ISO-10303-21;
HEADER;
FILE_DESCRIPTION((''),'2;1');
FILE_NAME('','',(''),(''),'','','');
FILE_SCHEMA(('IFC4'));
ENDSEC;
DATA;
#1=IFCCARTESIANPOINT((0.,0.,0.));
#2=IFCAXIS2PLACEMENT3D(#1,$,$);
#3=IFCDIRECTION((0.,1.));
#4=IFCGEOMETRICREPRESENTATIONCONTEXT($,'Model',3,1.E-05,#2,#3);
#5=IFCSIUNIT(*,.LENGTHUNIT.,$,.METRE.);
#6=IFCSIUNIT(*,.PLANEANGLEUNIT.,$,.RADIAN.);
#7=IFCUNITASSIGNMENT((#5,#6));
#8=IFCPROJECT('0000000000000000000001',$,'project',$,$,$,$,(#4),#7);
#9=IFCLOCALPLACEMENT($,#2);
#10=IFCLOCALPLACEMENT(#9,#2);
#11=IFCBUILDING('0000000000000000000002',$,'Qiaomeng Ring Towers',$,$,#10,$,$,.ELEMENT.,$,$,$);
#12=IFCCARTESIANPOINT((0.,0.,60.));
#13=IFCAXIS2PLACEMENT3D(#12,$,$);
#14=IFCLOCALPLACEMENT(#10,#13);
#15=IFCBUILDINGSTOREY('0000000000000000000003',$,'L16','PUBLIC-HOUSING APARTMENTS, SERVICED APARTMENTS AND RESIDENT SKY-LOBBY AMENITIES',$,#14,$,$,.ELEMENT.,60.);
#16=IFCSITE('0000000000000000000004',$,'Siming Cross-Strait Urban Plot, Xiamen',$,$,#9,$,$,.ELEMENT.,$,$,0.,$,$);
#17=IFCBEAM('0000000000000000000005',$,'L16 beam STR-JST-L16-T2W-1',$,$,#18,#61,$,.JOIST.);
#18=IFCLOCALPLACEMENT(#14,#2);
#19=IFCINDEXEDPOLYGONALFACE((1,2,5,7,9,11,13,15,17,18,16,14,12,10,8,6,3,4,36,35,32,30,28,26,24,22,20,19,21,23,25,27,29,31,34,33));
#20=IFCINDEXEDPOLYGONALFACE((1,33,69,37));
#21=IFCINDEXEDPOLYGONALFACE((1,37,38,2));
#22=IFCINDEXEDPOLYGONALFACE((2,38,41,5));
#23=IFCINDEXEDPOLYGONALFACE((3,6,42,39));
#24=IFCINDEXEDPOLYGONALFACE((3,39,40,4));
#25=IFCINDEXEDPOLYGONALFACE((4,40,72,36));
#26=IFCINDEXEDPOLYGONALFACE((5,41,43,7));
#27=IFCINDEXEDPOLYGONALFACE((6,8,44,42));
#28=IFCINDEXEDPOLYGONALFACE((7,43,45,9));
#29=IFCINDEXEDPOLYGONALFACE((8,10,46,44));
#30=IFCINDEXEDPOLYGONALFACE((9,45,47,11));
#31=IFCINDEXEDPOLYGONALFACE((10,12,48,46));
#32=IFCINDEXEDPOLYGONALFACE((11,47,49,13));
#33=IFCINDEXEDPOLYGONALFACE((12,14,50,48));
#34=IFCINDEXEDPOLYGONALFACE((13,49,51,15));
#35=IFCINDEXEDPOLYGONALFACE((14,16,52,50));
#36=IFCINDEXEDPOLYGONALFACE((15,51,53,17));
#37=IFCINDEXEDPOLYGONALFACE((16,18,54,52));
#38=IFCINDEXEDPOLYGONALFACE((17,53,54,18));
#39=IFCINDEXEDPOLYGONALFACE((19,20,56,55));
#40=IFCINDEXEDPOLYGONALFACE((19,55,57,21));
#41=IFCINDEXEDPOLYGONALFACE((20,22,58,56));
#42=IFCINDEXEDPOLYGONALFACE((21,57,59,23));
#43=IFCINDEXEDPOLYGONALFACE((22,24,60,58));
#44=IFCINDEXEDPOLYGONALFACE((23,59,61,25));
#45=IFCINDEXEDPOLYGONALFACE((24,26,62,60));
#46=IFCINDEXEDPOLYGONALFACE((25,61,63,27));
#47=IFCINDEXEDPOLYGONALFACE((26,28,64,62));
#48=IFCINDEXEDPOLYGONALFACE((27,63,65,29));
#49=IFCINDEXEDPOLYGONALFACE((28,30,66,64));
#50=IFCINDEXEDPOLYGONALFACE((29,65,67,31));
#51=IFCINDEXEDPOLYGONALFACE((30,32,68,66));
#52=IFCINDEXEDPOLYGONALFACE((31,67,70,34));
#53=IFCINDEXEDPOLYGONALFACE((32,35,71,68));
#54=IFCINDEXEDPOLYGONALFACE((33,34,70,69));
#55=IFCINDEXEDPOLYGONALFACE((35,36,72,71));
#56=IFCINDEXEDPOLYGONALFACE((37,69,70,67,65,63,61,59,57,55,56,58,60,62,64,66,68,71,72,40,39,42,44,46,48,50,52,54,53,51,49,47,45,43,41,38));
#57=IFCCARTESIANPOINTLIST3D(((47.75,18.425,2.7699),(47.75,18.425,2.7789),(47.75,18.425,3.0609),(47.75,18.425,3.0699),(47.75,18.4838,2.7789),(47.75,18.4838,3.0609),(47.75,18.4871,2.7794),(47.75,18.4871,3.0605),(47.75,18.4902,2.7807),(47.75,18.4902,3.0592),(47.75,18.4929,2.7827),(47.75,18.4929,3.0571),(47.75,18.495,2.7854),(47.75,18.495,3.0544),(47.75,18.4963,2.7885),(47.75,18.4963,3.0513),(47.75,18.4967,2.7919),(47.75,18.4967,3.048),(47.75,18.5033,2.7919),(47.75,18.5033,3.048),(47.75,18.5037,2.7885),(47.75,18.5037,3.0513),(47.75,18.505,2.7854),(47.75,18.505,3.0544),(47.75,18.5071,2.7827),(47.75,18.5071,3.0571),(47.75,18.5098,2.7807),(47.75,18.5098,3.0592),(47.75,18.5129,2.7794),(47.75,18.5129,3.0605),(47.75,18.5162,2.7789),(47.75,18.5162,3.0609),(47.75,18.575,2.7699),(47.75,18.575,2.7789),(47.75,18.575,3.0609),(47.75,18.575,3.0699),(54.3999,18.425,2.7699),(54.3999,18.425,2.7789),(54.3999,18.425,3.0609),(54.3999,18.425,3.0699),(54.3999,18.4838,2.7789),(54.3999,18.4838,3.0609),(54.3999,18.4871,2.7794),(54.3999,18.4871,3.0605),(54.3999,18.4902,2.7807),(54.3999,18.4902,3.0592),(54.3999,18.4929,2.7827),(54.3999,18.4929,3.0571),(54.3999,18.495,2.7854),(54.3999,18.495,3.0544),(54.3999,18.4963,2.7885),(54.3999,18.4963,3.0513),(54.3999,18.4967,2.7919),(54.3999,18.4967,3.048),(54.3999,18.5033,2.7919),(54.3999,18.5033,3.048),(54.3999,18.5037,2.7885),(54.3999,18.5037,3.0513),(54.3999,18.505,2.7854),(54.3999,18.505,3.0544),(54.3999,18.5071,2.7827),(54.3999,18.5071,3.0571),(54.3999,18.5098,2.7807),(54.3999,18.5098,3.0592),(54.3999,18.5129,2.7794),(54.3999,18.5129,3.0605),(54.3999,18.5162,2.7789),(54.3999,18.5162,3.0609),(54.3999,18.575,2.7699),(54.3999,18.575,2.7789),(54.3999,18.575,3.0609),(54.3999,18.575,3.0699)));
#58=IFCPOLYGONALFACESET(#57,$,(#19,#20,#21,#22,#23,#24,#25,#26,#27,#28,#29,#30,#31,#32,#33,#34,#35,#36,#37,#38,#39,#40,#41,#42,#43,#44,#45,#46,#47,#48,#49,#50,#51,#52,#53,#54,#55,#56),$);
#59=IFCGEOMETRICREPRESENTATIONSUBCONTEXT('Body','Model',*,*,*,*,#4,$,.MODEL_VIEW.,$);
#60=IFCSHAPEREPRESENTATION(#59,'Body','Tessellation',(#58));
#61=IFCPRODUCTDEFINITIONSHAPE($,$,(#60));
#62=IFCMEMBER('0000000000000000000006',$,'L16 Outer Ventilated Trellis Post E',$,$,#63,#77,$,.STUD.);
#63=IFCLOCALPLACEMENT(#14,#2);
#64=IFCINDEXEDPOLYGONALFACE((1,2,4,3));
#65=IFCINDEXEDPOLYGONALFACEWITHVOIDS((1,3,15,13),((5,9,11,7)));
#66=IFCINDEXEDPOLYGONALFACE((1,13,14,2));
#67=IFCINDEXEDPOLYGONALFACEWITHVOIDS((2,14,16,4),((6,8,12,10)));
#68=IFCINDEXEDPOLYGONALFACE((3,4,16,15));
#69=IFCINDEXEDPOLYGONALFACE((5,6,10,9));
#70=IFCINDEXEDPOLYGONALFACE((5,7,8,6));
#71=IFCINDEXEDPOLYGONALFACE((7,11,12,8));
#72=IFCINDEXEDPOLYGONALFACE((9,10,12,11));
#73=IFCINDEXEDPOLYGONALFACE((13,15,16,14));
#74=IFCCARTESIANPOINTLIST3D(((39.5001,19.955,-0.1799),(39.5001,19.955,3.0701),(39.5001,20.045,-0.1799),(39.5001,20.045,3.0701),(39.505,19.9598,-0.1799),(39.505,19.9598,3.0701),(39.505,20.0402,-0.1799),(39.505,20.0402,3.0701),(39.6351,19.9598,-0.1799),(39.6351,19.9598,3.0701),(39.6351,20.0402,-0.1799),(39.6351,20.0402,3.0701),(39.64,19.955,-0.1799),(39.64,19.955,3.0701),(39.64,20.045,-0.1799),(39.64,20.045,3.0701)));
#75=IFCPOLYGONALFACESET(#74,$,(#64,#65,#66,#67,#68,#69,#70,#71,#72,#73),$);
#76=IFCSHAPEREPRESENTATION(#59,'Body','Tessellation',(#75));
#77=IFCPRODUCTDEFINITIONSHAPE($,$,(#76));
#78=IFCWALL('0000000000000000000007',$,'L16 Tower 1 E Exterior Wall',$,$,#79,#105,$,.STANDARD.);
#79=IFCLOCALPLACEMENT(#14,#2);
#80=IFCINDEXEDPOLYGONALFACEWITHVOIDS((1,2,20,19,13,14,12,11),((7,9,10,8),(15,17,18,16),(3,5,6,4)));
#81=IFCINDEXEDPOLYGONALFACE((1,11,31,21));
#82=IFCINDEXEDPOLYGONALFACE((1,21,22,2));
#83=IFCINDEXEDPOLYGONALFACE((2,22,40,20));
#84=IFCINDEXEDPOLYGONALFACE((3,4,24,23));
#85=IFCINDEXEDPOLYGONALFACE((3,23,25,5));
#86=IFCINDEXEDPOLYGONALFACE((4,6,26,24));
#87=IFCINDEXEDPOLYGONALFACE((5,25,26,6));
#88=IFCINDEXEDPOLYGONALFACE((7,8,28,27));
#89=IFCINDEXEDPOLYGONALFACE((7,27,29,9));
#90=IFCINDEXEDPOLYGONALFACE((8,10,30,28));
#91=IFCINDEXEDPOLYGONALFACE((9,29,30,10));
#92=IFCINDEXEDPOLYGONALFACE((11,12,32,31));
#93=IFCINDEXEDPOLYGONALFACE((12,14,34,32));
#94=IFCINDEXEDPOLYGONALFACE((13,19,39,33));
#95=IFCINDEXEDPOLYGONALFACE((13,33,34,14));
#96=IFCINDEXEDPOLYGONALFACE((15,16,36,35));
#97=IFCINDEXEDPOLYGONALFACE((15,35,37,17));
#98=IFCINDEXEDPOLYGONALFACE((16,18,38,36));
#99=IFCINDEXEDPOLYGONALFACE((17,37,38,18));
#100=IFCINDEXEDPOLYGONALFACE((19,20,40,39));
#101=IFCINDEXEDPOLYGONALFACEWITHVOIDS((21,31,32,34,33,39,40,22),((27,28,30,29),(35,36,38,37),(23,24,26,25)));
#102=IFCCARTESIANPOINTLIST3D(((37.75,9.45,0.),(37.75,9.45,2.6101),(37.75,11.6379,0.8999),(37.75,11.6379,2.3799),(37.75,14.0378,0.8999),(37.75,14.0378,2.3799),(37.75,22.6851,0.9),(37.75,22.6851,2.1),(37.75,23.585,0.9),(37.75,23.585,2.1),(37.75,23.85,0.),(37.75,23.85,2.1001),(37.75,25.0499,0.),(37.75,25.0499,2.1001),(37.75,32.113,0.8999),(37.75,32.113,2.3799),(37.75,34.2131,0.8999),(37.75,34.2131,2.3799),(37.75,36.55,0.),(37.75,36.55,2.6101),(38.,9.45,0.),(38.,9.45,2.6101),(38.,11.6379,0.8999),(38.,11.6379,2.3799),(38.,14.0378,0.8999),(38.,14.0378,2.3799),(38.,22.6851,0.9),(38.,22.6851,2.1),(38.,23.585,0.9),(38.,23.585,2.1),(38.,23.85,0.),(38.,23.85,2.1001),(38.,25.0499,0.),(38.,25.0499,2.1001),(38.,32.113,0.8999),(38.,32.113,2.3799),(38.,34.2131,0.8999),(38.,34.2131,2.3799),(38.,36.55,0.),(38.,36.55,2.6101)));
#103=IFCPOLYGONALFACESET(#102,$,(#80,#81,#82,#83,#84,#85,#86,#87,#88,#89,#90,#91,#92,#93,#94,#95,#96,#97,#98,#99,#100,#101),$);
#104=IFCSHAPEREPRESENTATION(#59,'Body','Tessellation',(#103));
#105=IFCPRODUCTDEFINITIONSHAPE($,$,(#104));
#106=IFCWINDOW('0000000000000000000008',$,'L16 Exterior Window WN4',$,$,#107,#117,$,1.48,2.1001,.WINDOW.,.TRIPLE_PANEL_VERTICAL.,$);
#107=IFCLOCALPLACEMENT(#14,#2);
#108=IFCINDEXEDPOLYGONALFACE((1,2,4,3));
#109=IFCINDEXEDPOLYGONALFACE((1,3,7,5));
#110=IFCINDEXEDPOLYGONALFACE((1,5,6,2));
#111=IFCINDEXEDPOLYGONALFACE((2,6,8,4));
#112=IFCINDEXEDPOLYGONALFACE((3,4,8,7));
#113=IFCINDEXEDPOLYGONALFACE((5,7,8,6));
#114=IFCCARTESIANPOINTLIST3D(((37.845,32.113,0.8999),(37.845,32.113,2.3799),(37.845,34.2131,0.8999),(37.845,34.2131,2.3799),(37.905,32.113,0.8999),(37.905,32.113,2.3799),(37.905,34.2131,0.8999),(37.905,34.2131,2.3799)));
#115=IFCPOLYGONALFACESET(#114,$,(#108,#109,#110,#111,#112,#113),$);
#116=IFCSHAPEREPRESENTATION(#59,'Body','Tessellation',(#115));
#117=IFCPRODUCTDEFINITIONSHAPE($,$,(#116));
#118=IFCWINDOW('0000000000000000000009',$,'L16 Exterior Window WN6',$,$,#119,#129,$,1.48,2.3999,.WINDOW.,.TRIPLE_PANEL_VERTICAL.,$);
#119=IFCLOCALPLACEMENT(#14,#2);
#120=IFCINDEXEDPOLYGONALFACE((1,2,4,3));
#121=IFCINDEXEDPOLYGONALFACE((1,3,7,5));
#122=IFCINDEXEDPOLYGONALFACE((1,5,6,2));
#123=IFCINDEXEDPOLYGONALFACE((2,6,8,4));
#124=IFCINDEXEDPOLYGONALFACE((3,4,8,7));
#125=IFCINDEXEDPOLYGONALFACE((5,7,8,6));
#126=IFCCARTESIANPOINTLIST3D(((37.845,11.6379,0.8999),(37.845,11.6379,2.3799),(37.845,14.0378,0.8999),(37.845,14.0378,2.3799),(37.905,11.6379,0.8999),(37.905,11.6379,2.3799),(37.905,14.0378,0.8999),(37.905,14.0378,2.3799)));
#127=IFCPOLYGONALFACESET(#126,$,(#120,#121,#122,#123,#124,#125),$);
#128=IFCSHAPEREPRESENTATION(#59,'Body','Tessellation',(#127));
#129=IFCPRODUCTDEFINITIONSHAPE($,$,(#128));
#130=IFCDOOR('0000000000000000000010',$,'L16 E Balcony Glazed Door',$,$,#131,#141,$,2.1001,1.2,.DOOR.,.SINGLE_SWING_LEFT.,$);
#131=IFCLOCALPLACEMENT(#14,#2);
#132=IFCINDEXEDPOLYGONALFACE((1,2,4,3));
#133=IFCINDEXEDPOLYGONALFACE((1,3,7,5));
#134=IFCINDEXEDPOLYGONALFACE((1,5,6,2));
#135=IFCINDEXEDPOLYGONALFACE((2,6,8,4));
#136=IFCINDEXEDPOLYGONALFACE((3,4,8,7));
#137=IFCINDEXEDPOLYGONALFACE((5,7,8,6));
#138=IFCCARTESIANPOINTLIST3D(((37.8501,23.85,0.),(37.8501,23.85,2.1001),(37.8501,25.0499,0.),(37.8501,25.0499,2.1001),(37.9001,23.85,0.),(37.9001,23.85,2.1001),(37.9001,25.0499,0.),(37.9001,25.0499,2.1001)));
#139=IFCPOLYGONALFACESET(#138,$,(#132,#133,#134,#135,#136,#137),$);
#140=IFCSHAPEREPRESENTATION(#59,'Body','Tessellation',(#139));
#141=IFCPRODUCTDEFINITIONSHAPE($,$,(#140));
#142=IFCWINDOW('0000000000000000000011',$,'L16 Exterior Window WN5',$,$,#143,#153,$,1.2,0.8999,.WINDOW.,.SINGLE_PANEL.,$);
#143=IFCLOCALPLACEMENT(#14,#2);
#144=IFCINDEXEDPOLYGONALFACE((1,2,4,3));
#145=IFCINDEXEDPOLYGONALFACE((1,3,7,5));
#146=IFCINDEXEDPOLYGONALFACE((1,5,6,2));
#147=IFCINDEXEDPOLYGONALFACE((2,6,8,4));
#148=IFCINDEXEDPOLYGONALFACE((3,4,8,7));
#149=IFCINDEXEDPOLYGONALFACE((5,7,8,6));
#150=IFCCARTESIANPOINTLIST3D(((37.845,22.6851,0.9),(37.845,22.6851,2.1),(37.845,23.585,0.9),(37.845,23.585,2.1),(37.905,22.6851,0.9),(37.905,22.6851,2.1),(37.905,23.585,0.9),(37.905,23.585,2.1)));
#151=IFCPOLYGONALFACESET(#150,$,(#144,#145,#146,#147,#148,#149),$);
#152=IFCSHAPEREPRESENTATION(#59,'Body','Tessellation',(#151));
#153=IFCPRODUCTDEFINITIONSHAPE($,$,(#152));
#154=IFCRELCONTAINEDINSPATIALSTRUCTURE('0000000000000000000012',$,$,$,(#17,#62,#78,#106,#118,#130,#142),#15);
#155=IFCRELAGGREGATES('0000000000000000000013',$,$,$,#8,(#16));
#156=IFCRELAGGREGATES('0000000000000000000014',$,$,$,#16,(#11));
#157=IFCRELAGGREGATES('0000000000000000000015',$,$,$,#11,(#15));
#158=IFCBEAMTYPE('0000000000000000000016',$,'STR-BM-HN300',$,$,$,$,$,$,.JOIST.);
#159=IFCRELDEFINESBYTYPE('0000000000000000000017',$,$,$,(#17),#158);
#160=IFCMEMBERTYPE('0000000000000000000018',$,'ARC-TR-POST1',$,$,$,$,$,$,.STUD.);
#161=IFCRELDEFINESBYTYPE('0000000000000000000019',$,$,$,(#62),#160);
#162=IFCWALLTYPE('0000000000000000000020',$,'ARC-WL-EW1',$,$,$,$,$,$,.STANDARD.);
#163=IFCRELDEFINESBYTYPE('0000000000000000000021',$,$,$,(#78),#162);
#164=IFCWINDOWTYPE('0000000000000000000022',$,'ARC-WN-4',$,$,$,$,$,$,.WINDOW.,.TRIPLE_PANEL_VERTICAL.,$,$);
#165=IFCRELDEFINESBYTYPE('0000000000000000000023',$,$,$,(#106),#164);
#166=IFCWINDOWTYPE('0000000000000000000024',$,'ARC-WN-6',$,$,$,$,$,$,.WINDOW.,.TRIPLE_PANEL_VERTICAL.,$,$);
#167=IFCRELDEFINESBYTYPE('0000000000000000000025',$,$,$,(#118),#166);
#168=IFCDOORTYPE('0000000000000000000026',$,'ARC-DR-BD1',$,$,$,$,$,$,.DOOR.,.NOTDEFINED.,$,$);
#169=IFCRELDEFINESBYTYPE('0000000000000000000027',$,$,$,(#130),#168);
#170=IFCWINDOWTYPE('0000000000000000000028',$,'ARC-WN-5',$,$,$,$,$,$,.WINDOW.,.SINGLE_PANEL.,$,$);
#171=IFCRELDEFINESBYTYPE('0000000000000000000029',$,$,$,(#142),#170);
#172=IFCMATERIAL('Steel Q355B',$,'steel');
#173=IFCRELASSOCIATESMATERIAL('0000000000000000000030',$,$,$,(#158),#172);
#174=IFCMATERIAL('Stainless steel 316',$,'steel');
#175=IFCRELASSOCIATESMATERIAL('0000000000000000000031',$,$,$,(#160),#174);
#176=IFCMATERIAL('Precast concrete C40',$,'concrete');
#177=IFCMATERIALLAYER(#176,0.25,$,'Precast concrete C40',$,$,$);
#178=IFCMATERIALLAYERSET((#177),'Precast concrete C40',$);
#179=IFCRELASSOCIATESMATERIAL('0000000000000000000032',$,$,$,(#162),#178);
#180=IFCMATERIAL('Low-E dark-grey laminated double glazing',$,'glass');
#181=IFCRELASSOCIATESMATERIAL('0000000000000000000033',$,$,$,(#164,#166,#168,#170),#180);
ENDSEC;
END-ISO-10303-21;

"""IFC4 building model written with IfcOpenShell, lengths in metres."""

from ifc_helpers import new_model, si_unit, direction, frame, frame_2d, origin, origin_2d, place, context, subcontext, project, spatial, rectangle, hollow_rectangle, i_section, extrude, source, transform, mapped, material, layer, layer_set, material_profile, profile_set, type_object, element, fill, save


model = new_model("IFC4")

# Units and contexts
model_context = context("Model", 3, precision=1e-05, world=origin(), true_north=direction((0.0, 1.0)))
body_context = subcontext(model_context, "Body", "Model", "MODEL_VIEW")
ifc_project = project(units=[si_unit("LENGTHUNIT", "METRE"), si_unit("PLANEANGLEUNIT", "RADIAN")], contexts=[model_context])

# Site, building, storey
site_placement = place(None, origin())
site = spatial("IfcSite", under=ifc_project, at=site_placement, Name="Siming Cross-Strait Urban Plot, Xiamen", CompositionType="ELEMENT", RefElevation=0.0)
building_placement = place(site_placement, origin())
building = spatial("IfcBuilding", under=site, at=building_placement, Name="Qiaomeng Ring Towers", CompositionType="ELEMENT")
storey_placement = place(building_placement, frame((0.0, 0.0, 60.0)))
storey = spatial("IfcBuildingStorey", under=building, at=storey_placement, Name="L16", Description="PUBLIC-HOUSING APARTMENTS, SERVICED APARTMENTS AND RESIDENT SKY-LOBBY AMENITIES", CompositionType="ELEMENT", Elevation=60.0)

# Beam
ifc_material_1 = material(Name="Steel Q355B", Category="steel")
ifc_material_profile_1 = material_profile(ifc_material_1, i_section(OverallWidth=0.1499, OverallDepth=0.3, WebThickness=0.0066, FlangeThickness=0.009, FilletRadius=0.0129, at=origin_2d()), Name="HN 300x150x6.5x9")
ifc_profile_set_1 = profile_set([ifc_material_profile_1], Name="Steel Q355B")
beam_type_1 = type_object("IfcBeamType", Name="STR-BM-HN300", PredefinedType="JOIST", material=ifc_profile_set_1)
shared_shape_1 = source(origin(), body_context, "Body", "SweptSolid", [
    extrude(i_section(OverallWidth=0.1499, OverallDepth=0.3, WebThickness=0.0066, FlangeThickness=0.009, FilletRadius=0.0129, at=origin_2d()), origin(), (0.0, 0.0, 1.0), 6.6499),
])
beam_1_placement = place(storey_placement, frame((47.75, 18.5, 2.9199), z_axis=(1.0, 0.0, 0.0), x_axis=(0.0, 1.0, 0.0)))
element("IfcBeam", 1, at=beam_1_placement, inside=storey, type_object=beam_type_1, Name="L16 beam STR-JST-L16-T2W-1", PredefinedType="JOIST", context=body_context, shape_type="MappedRepresentation", body=[
    mapped(shared_shape_1, transform((0.0, 0.0, 0.0), x_axis=(1.0, 0.0, 0.0), y_axis=(0.0, 1.0, 0.0), z_axis=(0.0, 0.0, 1.0), scale=1.0)),
])

# Member
ifc_material_2 = material(Name="Stainless steel 316", Category="steel")
ifc_material_profile_2 = material_profile(ifc_material_2, hollow_rectangle(XDim=0.0901, YDim=0.1399, WallThickness=0.0049, at=origin_2d()), Name="SS TRELLIS 90x140")
ifc_profile_set_2 = profile_set([ifc_material_profile_2], Name="Stainless steel 316")
member_type = type_object("IfcMemberType", Name="ARC-TR-POST1", PredefinedType="STUD", material=ifc_profile_set_2)
shared_shape_2 = source(origin(), body_context, "Body", "SweptSolid", [
    extrude(hollow_rectangle(XDim=0.0901, YDim=0.1399, WallThickness=0.0049, at=origin_2d()), origin(), (0.0, 0.0, 1.0), 3.25),
])
member_placement = place(storey_placement, frame((39.5701, 20.0, -0.1799), z_axis=(0.0, 0.0, 1.0), x_axis=(0.0, 1.0, 0.0)))
element("IfcMember", 2, at=member_placement, inside=storey, type_object=member_type, Name="L16 Outer Ventilated Trellis Post E", PredefinedType="STUD", context=body_context, shape_type="MappedRepresentation", body=[
    mapped(shared_shape_2, transform((0.0, 0.0, 0.0), x_axis=(1.0, 0.0, 0.0), y_axis=(0.0, 1.0, 0.0), z_axis=(0.0, 0.0, 1.0), scale=1.0)),
])

# Wall, openings, windows, door
ifc_material_3 = material(Name="Precast concrete C40", Category="concrete")
ifc_layer_1 = layer(ifc_material_3, 0.25, Name="Precast concrete C40")
ifc_layer_set_1 = layer_set([ifc_layer_1], Name="Precast concrete C40")
wall_type_1 = type_object("IfcWallType", Name="ARC-WL-EW1", PredefinedType="STANDARD", material=ifc_layer_set_1)
wall_1_placement = place(storey_placement, frame((37.875, 9.45, 0.0), z_axis=(0.0, 0.0, 1.0), x_axis=(0.0, 1.0, 0.0)))
wall_1 = element("IfcWall", 3, at=wall_1_placement, inside=storey, type_object=wall_type_1, Name="L16 Tower 1 E Exterior Wall", PredefinedType="STANDARD", context=body_context, shape_type="SweptSolid", body=[
    extrude(rectangle(XDim=27.1001, YDim=0.25, at=frame_2d((13.55, 0.0))), origin(), (0.0, 0.0, 1.0), 2.6101),
])
opening_1_placement = place(wall_1_placement, frame((14.3999, 0.0, 0.0)))
opening_1 = element("IfcOpeningElement", 4, at=opening_1_placement, cuts=wall_1, PredefinedType="OPENING", context=body_context, shape_type="SweptSolid", body=[
    extrude(rectangle(XDim=1.2, YDim=2.1001, at=frame_2d((0.6001, 1.05))), frame((0.0, 0.135, 0.0), z_axis=(0.0, -1.0, 0.0), x_axis=(1.0, 0.0, 0.0)), (0.0, 0.0, 1.0), 0.27),
])
opening_2_placement = place(wall_1_placement, frame((2.188, 0.0, 0.8999)))
opening_2 = element("IfcOpeningElement", 5, at=opening_2_placement, cuts=wall_1, PredefinedType="OPENING", context=body_context, shape_type="SweptSolid", body=[
    extrude(rectangle(XDim=2.3999, YDim=1.48, at=frame_2d((1.2, 0.74))), frame((0.0, 0.135, 0.0), z_axis=(0.0, -1.0, 0.0), x_axis=(1.0, 0.0, 0.0)), (0.0, 0.0, 1.0), 0.27),
])
opening_3_placement = place(wall_1_placement, frame((22.6631, 0.0, 0.8999)))
opening_3 = element("IfcOpeningElement", 6, at=opening_3_placement, cuts=wall_1, PredefinedType="OPENING", context=body_context, shape_type="SweptSolid", body=[
    extrude(rectangle(XDim=2.1001, YDim=1.48, at=frame_2d((1.05, 0.74))), frame((0.0, 0.135, 0.0), z_axis=(0.0, -1.0, 0.0), x_axis=(1.0, 0.0, 0.0)), (0.0, 0.0, 1.0), 0.27),
])
opening_4_placement = place(wall_1_placement, frame((13.2351, 0.0, 0.8999)))
opening_4 = element("IfcOpeningElement", 7, at=opening_4_placement, cuts=wall_1, PredefinedType="OPENING", context=body_context, shape_type="SweptSolid", body=[
    extrude(rectangle(XDim=0.8999, YDim=1.2, at=frame_2d((0.45, 0.6001))), frame((0.0, 0.135, 0.0), z_axis=(0.0, -1.0, 0.0), x_axis=(1.0, 0.0, 0.0)), (0.0, 0.0, 1.0), 0.27),
])
ifc_material_4 = material(Name="Low-E dark-grey laminated double glazing", Category="glass")
window_type_1 = type_object("IfcWindowType", Name="ARC-WN-4", PartitioningType="TRIPLE_PANEL_VERTICAL", PredefinedType="WINDOW", material=ifc_material_4)
shared_shape_3 = source(origin(), body_context, "Body", "SweptSolid", [
    extrude(rectangle(XDim=2.1001, YDim=1.48, at=frame_2d((1.05, 0.74))), frame((0.0, 0.03, 0.0), z_axis=(0.0, -1.0, 0.0), x_axis=(1.0, 0.0, 0.0)), (0.0, 0.0, 1.0), 0.0601),
])
window_1_placement = place(opening_3_placement, origin())
window_1 = element("IfcWindow", 8, at=window_1_placement, inside=storey, type_object=window_type_1, Name="L16 Exterior Window WN4", OverallHeight=1.48, OverallWidth=2.1001, PartitioningType="TRIPLE_PANEL_VERTICAL", PredefinedType="WINDOW", context=body_context, shape_type="MappedRepresentation", body=[
    mapped(shared_shape_3, transform((0.0, 0.0, 0.0), x_axis=(1.0, 0.0, 0.0), y_axis=(0.0, 1.0, 0.0), z_axis=(0.0, 0.0, 1.0), scale=1.0)),
])
fill(opening_3, window_1)
window_type_2 = type_object("IfcWindowType", Name="ARC-WN-6", PartitioningType="TRIPLE_PANEL_VERTICAL", PredefinedType="WINDOW", material=ifc_material_4)
shared_shape_4 = source(origin(), body_context, "Body", "SweptSolid", [
    extrude(rectangle(XDim=2.3999, YDim=1.48, at=frame_2d((1.2, 0.74))), frame((0.0, 0.03, 0.0), z_axis=(0.0, -1.0, 0.0), x_axis=(1.0, 0.0, 0.0)), (0.0, 0.0, 1.0), 0.0601),
])
window_2_placement = place(opening_2_placement, origin())
window_2 = element("IfcWindow", 9, at=window_2_placement, inside=storey, type_object=window_type_2, Name="L16 Exterior Window WN6", OverallHeight=1.48, OverallWidth=2.3999, PartitioningType="TRIPLE_PANEL_VERTICAL", PredefinedType="WINDOW", context=body_context, shape_type="MappedRepresentation", body=[
    mapped(shared_shape_4, transform((0.0, 0.0, 0.0), x_axis=(1.0, 0.0, 0.0), y_axis=(0.0, 1.0, 0.0), z_axis=(0.0, 0.0, 1.0), scale=1.0)),
])
fill(opening_2, window_2)
door_type_1 = type_object("IfcDoorType", Name="ARC-DR-BD1", OperationType="NOTDEFINED", PredefinedType="DOOR", material=ifc_material_4)
shared_shape_5 = source(origin(), body_context, "Body", "SweptSolid", [
    extrude(rectangle(XDim=1.2, YDim=2.1001, at=frame_2d((0.6001, 1.05))), frame((0.0, 0.0249, 0.0), z_axis=(0.0, -1.0, 0.0), x_axis=(1.0, 0.0, 0.0)), (0.0, 0.0, 1.0), 0.05),
])
door_1_placement = place(opening_1_placement, origin())
door_1 = element("IfcDoor", 10, at=door_1_placement, inside=storey, type_object=door_type_1, Name="L16 E Balcony Glazed Door", OperationType="SINGLE_SWING_LEFT", OverallHeight=2.1001, OverallWidth=1.2, PredefinedType="DOOR", context=body_context, shape_type="MappedRepresentation", body=[
    mapped(shared_shape_5, transform((0.0, 0.0, 0.0), x_axis=(1.0, 0.0, 0.0), y_axis=(0.0, 1.0, 0.0), z_axis=(0.0, 0.0, 1.0), scale=1.0)),
])
fill(opening_1, door_1)
window_type_3 = type_object("IfcWindowType", Name="ARC-WN-5", PartitioningType="SINGLE_PANEL", PredefinedType="WINDOW", material=ifc_material_4)
shared_shape_6 = source(origin(), body_context, "Body", "SweptSolid", [
    extrude(rectangle(XDim=0.8999, YDim=1.2, at=frame_2d((0.45, 0.6001))), frame((0.0, 0.03, 0.0), z_axis=(0.0, -1.0, 0.0), x_axis=(1.0, 0.0, 0.0)), (0.0, 0.0, 1.0), 0.0601),
])
window_3_placement = place(opening_4_placement, origin())
window_3 = element("IfcWindow", 11, at=window_3_placement, inside=storey, type_object=window_type_3, Name="L16 Exterior Window WN5", OverallHeight=1.2, OverallWidth=0.8999, PartitioningType="SINGLE_PANEL", PredefinedType="WINDOW", context=body_context, shape_type="MappedRepresentation", body=[
    mapped(shared_shape_6, transform((0.0, 0.0, 0.0), x_axis=(1.0, 0.0, 0.0), y_axis=(0.0, 1.0, 0.0), z_axis=(0.0, 0.0, 1.0), scale=1.0)),
])
fill(opening_4, window_3)

save(model, "model.ifc")
